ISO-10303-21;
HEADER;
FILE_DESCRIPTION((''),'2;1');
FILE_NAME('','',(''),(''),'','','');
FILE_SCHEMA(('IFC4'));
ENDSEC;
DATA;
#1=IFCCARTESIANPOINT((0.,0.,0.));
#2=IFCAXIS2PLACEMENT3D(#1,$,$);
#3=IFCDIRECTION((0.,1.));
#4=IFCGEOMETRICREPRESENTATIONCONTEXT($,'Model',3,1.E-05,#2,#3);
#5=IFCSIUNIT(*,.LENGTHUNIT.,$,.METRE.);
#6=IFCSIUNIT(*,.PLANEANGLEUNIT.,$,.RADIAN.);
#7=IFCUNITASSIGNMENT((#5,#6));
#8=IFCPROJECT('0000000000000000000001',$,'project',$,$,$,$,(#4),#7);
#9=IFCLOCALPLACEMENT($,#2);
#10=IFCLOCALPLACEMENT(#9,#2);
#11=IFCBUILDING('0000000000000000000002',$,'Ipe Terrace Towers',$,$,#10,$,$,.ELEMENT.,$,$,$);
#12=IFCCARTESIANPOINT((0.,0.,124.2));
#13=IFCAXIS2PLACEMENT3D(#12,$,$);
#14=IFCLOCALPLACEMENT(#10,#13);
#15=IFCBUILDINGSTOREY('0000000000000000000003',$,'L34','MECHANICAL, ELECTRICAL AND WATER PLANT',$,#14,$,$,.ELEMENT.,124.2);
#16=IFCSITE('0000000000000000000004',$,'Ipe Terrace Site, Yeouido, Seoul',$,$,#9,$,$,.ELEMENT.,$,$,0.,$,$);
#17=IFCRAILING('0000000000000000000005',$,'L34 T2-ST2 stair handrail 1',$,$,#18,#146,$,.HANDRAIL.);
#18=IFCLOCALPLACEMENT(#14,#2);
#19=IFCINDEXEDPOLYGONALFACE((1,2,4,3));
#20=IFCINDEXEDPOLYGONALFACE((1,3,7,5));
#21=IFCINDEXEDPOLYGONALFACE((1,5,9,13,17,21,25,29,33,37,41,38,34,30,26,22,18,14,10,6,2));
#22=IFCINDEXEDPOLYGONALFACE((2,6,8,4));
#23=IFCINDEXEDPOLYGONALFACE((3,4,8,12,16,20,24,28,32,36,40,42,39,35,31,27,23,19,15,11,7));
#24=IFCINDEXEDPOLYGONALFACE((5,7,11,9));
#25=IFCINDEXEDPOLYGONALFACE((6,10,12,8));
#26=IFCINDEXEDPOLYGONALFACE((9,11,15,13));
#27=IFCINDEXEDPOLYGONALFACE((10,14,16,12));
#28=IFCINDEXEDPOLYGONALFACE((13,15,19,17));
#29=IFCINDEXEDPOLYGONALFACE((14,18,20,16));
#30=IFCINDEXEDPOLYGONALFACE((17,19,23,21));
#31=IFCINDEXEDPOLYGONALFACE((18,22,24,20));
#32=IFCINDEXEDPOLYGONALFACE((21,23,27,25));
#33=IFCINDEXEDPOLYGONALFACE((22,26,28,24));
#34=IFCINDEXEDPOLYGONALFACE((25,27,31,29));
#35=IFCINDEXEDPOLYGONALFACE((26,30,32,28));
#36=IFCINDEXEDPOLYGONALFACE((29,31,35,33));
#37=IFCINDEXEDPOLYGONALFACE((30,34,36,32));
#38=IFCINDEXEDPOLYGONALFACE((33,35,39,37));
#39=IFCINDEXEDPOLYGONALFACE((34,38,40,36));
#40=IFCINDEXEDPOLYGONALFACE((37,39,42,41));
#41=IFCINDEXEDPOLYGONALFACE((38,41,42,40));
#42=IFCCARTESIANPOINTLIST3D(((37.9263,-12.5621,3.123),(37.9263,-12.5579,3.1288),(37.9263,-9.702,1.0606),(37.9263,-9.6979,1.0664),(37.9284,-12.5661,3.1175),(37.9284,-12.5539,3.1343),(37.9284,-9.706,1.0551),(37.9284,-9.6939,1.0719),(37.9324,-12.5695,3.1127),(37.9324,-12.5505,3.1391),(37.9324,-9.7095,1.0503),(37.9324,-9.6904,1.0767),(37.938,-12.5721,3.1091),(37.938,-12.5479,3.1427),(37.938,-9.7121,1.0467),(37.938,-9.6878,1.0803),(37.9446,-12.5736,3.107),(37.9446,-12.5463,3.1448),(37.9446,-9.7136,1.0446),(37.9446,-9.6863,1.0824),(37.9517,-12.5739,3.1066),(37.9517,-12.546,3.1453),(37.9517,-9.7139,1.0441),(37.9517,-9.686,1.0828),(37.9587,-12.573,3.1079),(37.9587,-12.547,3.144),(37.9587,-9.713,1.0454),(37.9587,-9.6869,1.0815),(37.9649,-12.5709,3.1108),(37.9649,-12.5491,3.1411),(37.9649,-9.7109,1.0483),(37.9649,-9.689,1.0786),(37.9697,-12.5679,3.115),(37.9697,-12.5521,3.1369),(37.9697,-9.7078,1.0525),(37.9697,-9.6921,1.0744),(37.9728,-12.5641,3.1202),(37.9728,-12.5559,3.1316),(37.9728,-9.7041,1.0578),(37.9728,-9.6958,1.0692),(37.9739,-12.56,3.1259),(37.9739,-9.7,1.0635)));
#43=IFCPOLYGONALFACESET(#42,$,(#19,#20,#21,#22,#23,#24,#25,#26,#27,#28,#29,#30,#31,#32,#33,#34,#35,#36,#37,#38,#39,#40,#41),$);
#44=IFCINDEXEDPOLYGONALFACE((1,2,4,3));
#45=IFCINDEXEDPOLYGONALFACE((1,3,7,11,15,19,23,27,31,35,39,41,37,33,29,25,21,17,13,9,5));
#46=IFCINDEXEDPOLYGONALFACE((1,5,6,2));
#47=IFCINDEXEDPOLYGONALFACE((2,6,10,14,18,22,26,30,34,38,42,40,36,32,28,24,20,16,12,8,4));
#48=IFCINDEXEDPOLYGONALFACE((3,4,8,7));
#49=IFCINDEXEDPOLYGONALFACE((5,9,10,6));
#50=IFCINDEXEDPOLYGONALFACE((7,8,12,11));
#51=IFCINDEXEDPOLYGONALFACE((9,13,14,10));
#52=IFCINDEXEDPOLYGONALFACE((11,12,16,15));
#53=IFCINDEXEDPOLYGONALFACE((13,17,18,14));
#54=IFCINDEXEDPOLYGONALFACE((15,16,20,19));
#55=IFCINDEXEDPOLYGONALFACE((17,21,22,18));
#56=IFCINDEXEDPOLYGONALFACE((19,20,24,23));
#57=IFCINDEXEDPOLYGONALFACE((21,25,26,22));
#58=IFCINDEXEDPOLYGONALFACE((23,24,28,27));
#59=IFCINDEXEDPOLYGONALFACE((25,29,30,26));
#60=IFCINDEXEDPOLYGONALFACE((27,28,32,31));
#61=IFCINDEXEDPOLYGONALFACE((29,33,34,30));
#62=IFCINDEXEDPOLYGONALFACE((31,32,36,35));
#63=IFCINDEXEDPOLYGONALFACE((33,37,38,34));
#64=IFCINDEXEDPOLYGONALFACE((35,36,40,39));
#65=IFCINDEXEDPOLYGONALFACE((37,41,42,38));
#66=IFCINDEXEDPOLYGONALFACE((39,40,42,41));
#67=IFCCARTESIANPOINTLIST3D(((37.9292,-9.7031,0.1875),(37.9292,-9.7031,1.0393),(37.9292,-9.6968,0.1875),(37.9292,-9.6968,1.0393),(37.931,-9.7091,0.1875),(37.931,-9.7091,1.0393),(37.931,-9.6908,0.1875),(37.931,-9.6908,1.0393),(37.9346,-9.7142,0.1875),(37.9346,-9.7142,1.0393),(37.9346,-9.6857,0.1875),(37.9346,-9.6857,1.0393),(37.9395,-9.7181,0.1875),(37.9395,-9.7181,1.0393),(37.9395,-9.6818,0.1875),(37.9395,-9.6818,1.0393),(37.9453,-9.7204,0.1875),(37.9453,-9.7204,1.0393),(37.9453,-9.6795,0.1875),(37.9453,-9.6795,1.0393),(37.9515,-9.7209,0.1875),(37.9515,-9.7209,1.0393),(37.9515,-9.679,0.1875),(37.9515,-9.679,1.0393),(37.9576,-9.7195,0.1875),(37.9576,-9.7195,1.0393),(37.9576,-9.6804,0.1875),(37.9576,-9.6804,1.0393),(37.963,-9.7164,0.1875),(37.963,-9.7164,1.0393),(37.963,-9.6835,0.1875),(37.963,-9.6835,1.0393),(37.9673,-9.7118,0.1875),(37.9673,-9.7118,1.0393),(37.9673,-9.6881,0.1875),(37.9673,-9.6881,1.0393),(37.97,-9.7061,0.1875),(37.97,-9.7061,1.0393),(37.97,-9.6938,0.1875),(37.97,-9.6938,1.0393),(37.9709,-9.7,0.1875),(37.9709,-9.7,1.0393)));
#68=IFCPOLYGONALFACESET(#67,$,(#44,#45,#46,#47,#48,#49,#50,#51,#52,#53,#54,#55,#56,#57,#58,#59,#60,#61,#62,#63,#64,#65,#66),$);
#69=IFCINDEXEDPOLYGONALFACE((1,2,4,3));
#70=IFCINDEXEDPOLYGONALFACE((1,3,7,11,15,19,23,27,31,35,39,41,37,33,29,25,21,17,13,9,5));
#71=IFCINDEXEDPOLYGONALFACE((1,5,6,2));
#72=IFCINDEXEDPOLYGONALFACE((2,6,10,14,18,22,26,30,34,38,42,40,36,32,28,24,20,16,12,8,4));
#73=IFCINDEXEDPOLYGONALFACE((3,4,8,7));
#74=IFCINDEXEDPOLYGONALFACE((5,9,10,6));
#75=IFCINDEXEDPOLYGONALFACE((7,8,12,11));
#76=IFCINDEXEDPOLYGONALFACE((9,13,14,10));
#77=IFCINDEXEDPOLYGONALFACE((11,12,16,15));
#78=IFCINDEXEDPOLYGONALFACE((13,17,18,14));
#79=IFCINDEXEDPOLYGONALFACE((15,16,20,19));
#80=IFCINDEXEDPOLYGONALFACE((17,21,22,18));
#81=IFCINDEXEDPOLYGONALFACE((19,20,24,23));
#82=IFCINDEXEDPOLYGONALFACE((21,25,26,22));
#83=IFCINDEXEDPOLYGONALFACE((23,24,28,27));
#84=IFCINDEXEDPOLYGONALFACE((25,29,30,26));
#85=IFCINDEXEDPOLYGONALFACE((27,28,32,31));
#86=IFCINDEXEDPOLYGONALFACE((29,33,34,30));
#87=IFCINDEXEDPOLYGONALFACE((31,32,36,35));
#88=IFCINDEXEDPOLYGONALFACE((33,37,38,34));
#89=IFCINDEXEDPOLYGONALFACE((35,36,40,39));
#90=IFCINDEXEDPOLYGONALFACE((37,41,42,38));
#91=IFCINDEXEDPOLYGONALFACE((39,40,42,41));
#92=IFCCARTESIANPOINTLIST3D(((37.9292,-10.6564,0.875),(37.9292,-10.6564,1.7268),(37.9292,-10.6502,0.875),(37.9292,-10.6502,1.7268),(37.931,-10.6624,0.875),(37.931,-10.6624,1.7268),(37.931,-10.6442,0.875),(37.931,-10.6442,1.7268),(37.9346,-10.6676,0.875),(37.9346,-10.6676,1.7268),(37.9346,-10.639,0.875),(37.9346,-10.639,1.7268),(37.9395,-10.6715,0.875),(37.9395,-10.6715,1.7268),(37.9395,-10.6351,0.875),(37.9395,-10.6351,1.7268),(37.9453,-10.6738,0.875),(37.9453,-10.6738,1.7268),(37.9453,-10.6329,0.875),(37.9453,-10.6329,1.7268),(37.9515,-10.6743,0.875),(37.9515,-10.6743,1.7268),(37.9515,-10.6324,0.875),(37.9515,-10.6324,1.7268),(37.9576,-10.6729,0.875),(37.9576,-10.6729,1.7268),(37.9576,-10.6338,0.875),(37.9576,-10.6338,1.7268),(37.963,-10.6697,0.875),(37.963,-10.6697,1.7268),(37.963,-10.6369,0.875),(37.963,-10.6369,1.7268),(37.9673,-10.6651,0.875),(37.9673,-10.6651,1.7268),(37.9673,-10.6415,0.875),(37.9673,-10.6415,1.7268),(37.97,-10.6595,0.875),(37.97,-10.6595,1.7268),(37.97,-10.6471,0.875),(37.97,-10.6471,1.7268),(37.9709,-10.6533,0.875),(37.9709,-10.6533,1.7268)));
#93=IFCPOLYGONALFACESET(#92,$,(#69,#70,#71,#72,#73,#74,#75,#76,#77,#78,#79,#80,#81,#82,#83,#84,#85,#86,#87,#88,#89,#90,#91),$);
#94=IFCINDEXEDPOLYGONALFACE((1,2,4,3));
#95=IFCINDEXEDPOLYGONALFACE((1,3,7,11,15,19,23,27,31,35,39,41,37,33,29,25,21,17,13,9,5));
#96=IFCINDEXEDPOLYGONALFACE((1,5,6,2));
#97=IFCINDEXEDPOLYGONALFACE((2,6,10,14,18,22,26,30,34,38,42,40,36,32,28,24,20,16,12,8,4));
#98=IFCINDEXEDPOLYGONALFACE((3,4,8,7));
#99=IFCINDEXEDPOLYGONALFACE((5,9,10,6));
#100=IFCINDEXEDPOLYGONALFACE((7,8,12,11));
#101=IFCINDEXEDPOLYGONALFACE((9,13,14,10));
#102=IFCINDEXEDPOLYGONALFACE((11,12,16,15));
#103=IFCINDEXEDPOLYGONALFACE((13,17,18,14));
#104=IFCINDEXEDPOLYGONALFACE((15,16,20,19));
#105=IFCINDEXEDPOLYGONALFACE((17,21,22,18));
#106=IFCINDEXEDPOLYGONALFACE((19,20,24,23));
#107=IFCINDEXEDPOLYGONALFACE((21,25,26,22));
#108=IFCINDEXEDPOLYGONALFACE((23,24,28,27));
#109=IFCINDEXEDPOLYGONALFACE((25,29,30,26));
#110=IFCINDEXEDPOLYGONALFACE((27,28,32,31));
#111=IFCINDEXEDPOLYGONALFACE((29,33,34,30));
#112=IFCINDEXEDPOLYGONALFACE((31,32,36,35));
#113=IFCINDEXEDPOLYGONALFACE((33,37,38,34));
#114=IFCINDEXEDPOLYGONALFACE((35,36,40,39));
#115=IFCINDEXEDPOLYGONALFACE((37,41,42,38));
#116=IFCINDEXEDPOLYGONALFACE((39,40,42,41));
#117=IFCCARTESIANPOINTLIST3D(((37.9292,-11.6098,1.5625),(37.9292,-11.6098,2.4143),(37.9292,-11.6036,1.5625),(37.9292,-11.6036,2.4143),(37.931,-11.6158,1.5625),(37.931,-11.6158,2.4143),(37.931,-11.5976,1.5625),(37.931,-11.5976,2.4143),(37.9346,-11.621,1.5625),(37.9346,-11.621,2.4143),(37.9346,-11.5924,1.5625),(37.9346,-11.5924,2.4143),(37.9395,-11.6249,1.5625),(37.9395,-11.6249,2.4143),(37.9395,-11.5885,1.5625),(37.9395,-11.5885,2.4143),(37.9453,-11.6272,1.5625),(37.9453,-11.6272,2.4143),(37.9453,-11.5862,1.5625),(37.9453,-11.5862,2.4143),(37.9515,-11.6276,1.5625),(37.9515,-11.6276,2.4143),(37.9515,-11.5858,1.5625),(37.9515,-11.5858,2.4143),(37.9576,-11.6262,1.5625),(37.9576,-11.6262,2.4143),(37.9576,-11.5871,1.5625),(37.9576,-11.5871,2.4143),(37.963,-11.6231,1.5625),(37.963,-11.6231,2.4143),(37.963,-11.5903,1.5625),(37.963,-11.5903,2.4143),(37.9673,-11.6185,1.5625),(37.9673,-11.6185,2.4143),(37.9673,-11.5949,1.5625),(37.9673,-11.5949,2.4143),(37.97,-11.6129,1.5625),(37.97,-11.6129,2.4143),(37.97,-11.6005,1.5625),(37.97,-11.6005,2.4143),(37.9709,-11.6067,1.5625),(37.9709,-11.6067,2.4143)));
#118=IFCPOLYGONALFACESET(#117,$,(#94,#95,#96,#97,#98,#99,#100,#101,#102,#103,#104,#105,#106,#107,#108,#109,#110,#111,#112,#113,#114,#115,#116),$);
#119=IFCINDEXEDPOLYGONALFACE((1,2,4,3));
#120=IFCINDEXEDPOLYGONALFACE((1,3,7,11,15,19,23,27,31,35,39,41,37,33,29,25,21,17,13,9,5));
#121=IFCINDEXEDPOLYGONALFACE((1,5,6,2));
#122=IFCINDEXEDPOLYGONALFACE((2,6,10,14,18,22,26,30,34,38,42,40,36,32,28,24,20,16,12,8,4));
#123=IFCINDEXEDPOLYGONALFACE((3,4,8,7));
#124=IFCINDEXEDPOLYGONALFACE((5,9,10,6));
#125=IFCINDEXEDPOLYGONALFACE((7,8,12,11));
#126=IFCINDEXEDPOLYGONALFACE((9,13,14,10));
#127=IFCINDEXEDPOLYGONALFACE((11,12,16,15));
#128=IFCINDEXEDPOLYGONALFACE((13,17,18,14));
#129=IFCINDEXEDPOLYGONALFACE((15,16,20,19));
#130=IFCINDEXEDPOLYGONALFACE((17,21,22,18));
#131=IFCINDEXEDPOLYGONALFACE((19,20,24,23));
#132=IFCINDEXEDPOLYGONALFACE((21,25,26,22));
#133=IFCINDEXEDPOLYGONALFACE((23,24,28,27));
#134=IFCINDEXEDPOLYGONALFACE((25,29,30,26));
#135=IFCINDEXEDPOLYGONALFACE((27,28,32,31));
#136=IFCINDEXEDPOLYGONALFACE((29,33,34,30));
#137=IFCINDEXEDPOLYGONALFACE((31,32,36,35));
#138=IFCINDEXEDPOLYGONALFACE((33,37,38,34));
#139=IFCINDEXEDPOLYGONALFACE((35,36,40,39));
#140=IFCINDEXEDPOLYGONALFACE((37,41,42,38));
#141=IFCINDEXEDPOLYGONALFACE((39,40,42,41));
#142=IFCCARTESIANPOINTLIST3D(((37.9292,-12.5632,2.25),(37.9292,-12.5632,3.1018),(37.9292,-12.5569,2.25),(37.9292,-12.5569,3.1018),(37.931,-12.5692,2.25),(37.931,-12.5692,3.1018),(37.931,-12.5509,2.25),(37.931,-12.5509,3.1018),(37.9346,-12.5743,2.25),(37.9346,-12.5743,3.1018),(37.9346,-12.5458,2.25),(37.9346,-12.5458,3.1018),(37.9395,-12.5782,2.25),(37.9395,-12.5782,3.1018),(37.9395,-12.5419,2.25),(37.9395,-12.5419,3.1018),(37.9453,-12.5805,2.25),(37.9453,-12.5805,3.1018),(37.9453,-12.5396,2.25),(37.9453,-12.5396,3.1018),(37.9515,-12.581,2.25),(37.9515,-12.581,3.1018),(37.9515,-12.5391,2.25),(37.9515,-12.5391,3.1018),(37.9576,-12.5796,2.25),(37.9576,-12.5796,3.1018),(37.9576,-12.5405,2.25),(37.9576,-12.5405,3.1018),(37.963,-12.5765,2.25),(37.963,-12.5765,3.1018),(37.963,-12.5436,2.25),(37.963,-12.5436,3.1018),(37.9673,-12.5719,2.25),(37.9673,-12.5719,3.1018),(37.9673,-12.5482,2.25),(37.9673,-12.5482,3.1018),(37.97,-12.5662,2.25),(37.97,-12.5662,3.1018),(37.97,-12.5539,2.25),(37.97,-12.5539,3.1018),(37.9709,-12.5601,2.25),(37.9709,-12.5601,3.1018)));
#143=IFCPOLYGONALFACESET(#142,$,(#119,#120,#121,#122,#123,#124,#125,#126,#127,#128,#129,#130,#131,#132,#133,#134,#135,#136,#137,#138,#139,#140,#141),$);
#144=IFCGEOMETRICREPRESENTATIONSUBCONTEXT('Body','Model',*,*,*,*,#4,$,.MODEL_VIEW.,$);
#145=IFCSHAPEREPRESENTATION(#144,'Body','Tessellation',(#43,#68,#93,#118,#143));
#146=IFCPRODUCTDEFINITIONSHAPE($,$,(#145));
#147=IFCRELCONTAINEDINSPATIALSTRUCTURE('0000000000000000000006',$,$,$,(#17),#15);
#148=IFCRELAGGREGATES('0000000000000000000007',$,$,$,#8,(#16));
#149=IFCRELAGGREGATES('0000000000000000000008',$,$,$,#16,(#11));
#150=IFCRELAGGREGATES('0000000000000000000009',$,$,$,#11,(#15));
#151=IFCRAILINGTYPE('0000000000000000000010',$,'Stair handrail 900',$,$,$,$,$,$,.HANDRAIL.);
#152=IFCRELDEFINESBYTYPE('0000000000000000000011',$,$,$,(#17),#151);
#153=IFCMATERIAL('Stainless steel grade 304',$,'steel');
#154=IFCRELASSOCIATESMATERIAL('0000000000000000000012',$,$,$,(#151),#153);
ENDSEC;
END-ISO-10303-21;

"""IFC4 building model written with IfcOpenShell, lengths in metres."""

from ifc_helpers import new_model, si_unit, direction, frame, origin, origin_2d, place, context, subcontext, project, spatial, circle, extrude, material, type_object, element, save


model = new_model("IFC4")

# Units and contexts
model_context = context("Model", 3, precision=1e-05, world=origin(), true_north=direction((0.0, 1.0)))
body_context = subcontext(model_context, "Body", "Model", "MODEL_VIEW")
ifc_project = project(units=[si_unit("LENGTHUNIT", "METRE"), si_unit("PLANEANGLEUNIT", "RADIAN")], contexts=[model_context])

# Site, building, storey
site_placement = place(None, origin())
site = spatial("IfcSite", under=ifc_project, at=site_placement, Name="Ipe Terrace Site, Yeouido, Seoul", CompositionType="ELEMENT", RefElevation=0.0)
building_placement = place(site_placement, origin())
building = spatial("IfcBuilding", under=site, at=building_placement, Name="Ipe Terrace Towers", CompositionType="ELEMENT")
storey_placement = place(building_placement, frame((0.0, 0.0, 124.2)))
storey = spatial("IfcBuildingStorey", under=building, at=storey_placement, Name="L34", Description="MECHANICAL, ELECTRICAL AND WATER PLANT", CompositionType="ELEMENT", Elevation=124.2)

# Railing
ifc_material_1 = material(Name="Stainless steel grade 304", Category="steel")
railing_type_1 = type_object("IfcRailingType", Name="Stair handrail 900", PredefinedType="HANDRAIL", material=ifc_material_1)
railing_1_placement = place(storey_placement, frame((37.95, -9.7, 0.1875)))
element("IfcRailing", 1, at=railing_1_placement, inside=storey, type_object=railing_type_1, Name="L34 T2-ST2 stair handrail 1", PredefinedType="HANDRAIL", context=body_context, shape_type="SweptSolid", body=[
    extrude(circle(Radius=0.0239, at=origin_2d()), frame((0.0, 0.0, 0.876), z_axis=(0.0, -0.811101, 0.584906), x_axis=(1.0, 0.0, 0.0)), (0.0, 0.0, 1.0), 3.5261),
    extrude(circle(Radius=0.021, at=origin_2d()), origin(), (0.0, 0.0, 1.0), 0.8518),
    extrude(circle(Radius=0.021, at=origin_2d()), frame((0.0, -0.9534, 0.6875)), (0.0, 0.0, 1.0), 0.8518),
    extrude(circle(Radius=0.021, at=origin_2d()), frame((0.0, -1.9067, 1.375)), (0.0, 0.0, 1.0), 0.8518),
    extrude(circle(Radius=0.021, at=origin_2d()), frame((0.0, -2.8601, 2.0625)), (0.0, 0.0, 1.0), 0.8518),
])

save(model, "model.ifc")
